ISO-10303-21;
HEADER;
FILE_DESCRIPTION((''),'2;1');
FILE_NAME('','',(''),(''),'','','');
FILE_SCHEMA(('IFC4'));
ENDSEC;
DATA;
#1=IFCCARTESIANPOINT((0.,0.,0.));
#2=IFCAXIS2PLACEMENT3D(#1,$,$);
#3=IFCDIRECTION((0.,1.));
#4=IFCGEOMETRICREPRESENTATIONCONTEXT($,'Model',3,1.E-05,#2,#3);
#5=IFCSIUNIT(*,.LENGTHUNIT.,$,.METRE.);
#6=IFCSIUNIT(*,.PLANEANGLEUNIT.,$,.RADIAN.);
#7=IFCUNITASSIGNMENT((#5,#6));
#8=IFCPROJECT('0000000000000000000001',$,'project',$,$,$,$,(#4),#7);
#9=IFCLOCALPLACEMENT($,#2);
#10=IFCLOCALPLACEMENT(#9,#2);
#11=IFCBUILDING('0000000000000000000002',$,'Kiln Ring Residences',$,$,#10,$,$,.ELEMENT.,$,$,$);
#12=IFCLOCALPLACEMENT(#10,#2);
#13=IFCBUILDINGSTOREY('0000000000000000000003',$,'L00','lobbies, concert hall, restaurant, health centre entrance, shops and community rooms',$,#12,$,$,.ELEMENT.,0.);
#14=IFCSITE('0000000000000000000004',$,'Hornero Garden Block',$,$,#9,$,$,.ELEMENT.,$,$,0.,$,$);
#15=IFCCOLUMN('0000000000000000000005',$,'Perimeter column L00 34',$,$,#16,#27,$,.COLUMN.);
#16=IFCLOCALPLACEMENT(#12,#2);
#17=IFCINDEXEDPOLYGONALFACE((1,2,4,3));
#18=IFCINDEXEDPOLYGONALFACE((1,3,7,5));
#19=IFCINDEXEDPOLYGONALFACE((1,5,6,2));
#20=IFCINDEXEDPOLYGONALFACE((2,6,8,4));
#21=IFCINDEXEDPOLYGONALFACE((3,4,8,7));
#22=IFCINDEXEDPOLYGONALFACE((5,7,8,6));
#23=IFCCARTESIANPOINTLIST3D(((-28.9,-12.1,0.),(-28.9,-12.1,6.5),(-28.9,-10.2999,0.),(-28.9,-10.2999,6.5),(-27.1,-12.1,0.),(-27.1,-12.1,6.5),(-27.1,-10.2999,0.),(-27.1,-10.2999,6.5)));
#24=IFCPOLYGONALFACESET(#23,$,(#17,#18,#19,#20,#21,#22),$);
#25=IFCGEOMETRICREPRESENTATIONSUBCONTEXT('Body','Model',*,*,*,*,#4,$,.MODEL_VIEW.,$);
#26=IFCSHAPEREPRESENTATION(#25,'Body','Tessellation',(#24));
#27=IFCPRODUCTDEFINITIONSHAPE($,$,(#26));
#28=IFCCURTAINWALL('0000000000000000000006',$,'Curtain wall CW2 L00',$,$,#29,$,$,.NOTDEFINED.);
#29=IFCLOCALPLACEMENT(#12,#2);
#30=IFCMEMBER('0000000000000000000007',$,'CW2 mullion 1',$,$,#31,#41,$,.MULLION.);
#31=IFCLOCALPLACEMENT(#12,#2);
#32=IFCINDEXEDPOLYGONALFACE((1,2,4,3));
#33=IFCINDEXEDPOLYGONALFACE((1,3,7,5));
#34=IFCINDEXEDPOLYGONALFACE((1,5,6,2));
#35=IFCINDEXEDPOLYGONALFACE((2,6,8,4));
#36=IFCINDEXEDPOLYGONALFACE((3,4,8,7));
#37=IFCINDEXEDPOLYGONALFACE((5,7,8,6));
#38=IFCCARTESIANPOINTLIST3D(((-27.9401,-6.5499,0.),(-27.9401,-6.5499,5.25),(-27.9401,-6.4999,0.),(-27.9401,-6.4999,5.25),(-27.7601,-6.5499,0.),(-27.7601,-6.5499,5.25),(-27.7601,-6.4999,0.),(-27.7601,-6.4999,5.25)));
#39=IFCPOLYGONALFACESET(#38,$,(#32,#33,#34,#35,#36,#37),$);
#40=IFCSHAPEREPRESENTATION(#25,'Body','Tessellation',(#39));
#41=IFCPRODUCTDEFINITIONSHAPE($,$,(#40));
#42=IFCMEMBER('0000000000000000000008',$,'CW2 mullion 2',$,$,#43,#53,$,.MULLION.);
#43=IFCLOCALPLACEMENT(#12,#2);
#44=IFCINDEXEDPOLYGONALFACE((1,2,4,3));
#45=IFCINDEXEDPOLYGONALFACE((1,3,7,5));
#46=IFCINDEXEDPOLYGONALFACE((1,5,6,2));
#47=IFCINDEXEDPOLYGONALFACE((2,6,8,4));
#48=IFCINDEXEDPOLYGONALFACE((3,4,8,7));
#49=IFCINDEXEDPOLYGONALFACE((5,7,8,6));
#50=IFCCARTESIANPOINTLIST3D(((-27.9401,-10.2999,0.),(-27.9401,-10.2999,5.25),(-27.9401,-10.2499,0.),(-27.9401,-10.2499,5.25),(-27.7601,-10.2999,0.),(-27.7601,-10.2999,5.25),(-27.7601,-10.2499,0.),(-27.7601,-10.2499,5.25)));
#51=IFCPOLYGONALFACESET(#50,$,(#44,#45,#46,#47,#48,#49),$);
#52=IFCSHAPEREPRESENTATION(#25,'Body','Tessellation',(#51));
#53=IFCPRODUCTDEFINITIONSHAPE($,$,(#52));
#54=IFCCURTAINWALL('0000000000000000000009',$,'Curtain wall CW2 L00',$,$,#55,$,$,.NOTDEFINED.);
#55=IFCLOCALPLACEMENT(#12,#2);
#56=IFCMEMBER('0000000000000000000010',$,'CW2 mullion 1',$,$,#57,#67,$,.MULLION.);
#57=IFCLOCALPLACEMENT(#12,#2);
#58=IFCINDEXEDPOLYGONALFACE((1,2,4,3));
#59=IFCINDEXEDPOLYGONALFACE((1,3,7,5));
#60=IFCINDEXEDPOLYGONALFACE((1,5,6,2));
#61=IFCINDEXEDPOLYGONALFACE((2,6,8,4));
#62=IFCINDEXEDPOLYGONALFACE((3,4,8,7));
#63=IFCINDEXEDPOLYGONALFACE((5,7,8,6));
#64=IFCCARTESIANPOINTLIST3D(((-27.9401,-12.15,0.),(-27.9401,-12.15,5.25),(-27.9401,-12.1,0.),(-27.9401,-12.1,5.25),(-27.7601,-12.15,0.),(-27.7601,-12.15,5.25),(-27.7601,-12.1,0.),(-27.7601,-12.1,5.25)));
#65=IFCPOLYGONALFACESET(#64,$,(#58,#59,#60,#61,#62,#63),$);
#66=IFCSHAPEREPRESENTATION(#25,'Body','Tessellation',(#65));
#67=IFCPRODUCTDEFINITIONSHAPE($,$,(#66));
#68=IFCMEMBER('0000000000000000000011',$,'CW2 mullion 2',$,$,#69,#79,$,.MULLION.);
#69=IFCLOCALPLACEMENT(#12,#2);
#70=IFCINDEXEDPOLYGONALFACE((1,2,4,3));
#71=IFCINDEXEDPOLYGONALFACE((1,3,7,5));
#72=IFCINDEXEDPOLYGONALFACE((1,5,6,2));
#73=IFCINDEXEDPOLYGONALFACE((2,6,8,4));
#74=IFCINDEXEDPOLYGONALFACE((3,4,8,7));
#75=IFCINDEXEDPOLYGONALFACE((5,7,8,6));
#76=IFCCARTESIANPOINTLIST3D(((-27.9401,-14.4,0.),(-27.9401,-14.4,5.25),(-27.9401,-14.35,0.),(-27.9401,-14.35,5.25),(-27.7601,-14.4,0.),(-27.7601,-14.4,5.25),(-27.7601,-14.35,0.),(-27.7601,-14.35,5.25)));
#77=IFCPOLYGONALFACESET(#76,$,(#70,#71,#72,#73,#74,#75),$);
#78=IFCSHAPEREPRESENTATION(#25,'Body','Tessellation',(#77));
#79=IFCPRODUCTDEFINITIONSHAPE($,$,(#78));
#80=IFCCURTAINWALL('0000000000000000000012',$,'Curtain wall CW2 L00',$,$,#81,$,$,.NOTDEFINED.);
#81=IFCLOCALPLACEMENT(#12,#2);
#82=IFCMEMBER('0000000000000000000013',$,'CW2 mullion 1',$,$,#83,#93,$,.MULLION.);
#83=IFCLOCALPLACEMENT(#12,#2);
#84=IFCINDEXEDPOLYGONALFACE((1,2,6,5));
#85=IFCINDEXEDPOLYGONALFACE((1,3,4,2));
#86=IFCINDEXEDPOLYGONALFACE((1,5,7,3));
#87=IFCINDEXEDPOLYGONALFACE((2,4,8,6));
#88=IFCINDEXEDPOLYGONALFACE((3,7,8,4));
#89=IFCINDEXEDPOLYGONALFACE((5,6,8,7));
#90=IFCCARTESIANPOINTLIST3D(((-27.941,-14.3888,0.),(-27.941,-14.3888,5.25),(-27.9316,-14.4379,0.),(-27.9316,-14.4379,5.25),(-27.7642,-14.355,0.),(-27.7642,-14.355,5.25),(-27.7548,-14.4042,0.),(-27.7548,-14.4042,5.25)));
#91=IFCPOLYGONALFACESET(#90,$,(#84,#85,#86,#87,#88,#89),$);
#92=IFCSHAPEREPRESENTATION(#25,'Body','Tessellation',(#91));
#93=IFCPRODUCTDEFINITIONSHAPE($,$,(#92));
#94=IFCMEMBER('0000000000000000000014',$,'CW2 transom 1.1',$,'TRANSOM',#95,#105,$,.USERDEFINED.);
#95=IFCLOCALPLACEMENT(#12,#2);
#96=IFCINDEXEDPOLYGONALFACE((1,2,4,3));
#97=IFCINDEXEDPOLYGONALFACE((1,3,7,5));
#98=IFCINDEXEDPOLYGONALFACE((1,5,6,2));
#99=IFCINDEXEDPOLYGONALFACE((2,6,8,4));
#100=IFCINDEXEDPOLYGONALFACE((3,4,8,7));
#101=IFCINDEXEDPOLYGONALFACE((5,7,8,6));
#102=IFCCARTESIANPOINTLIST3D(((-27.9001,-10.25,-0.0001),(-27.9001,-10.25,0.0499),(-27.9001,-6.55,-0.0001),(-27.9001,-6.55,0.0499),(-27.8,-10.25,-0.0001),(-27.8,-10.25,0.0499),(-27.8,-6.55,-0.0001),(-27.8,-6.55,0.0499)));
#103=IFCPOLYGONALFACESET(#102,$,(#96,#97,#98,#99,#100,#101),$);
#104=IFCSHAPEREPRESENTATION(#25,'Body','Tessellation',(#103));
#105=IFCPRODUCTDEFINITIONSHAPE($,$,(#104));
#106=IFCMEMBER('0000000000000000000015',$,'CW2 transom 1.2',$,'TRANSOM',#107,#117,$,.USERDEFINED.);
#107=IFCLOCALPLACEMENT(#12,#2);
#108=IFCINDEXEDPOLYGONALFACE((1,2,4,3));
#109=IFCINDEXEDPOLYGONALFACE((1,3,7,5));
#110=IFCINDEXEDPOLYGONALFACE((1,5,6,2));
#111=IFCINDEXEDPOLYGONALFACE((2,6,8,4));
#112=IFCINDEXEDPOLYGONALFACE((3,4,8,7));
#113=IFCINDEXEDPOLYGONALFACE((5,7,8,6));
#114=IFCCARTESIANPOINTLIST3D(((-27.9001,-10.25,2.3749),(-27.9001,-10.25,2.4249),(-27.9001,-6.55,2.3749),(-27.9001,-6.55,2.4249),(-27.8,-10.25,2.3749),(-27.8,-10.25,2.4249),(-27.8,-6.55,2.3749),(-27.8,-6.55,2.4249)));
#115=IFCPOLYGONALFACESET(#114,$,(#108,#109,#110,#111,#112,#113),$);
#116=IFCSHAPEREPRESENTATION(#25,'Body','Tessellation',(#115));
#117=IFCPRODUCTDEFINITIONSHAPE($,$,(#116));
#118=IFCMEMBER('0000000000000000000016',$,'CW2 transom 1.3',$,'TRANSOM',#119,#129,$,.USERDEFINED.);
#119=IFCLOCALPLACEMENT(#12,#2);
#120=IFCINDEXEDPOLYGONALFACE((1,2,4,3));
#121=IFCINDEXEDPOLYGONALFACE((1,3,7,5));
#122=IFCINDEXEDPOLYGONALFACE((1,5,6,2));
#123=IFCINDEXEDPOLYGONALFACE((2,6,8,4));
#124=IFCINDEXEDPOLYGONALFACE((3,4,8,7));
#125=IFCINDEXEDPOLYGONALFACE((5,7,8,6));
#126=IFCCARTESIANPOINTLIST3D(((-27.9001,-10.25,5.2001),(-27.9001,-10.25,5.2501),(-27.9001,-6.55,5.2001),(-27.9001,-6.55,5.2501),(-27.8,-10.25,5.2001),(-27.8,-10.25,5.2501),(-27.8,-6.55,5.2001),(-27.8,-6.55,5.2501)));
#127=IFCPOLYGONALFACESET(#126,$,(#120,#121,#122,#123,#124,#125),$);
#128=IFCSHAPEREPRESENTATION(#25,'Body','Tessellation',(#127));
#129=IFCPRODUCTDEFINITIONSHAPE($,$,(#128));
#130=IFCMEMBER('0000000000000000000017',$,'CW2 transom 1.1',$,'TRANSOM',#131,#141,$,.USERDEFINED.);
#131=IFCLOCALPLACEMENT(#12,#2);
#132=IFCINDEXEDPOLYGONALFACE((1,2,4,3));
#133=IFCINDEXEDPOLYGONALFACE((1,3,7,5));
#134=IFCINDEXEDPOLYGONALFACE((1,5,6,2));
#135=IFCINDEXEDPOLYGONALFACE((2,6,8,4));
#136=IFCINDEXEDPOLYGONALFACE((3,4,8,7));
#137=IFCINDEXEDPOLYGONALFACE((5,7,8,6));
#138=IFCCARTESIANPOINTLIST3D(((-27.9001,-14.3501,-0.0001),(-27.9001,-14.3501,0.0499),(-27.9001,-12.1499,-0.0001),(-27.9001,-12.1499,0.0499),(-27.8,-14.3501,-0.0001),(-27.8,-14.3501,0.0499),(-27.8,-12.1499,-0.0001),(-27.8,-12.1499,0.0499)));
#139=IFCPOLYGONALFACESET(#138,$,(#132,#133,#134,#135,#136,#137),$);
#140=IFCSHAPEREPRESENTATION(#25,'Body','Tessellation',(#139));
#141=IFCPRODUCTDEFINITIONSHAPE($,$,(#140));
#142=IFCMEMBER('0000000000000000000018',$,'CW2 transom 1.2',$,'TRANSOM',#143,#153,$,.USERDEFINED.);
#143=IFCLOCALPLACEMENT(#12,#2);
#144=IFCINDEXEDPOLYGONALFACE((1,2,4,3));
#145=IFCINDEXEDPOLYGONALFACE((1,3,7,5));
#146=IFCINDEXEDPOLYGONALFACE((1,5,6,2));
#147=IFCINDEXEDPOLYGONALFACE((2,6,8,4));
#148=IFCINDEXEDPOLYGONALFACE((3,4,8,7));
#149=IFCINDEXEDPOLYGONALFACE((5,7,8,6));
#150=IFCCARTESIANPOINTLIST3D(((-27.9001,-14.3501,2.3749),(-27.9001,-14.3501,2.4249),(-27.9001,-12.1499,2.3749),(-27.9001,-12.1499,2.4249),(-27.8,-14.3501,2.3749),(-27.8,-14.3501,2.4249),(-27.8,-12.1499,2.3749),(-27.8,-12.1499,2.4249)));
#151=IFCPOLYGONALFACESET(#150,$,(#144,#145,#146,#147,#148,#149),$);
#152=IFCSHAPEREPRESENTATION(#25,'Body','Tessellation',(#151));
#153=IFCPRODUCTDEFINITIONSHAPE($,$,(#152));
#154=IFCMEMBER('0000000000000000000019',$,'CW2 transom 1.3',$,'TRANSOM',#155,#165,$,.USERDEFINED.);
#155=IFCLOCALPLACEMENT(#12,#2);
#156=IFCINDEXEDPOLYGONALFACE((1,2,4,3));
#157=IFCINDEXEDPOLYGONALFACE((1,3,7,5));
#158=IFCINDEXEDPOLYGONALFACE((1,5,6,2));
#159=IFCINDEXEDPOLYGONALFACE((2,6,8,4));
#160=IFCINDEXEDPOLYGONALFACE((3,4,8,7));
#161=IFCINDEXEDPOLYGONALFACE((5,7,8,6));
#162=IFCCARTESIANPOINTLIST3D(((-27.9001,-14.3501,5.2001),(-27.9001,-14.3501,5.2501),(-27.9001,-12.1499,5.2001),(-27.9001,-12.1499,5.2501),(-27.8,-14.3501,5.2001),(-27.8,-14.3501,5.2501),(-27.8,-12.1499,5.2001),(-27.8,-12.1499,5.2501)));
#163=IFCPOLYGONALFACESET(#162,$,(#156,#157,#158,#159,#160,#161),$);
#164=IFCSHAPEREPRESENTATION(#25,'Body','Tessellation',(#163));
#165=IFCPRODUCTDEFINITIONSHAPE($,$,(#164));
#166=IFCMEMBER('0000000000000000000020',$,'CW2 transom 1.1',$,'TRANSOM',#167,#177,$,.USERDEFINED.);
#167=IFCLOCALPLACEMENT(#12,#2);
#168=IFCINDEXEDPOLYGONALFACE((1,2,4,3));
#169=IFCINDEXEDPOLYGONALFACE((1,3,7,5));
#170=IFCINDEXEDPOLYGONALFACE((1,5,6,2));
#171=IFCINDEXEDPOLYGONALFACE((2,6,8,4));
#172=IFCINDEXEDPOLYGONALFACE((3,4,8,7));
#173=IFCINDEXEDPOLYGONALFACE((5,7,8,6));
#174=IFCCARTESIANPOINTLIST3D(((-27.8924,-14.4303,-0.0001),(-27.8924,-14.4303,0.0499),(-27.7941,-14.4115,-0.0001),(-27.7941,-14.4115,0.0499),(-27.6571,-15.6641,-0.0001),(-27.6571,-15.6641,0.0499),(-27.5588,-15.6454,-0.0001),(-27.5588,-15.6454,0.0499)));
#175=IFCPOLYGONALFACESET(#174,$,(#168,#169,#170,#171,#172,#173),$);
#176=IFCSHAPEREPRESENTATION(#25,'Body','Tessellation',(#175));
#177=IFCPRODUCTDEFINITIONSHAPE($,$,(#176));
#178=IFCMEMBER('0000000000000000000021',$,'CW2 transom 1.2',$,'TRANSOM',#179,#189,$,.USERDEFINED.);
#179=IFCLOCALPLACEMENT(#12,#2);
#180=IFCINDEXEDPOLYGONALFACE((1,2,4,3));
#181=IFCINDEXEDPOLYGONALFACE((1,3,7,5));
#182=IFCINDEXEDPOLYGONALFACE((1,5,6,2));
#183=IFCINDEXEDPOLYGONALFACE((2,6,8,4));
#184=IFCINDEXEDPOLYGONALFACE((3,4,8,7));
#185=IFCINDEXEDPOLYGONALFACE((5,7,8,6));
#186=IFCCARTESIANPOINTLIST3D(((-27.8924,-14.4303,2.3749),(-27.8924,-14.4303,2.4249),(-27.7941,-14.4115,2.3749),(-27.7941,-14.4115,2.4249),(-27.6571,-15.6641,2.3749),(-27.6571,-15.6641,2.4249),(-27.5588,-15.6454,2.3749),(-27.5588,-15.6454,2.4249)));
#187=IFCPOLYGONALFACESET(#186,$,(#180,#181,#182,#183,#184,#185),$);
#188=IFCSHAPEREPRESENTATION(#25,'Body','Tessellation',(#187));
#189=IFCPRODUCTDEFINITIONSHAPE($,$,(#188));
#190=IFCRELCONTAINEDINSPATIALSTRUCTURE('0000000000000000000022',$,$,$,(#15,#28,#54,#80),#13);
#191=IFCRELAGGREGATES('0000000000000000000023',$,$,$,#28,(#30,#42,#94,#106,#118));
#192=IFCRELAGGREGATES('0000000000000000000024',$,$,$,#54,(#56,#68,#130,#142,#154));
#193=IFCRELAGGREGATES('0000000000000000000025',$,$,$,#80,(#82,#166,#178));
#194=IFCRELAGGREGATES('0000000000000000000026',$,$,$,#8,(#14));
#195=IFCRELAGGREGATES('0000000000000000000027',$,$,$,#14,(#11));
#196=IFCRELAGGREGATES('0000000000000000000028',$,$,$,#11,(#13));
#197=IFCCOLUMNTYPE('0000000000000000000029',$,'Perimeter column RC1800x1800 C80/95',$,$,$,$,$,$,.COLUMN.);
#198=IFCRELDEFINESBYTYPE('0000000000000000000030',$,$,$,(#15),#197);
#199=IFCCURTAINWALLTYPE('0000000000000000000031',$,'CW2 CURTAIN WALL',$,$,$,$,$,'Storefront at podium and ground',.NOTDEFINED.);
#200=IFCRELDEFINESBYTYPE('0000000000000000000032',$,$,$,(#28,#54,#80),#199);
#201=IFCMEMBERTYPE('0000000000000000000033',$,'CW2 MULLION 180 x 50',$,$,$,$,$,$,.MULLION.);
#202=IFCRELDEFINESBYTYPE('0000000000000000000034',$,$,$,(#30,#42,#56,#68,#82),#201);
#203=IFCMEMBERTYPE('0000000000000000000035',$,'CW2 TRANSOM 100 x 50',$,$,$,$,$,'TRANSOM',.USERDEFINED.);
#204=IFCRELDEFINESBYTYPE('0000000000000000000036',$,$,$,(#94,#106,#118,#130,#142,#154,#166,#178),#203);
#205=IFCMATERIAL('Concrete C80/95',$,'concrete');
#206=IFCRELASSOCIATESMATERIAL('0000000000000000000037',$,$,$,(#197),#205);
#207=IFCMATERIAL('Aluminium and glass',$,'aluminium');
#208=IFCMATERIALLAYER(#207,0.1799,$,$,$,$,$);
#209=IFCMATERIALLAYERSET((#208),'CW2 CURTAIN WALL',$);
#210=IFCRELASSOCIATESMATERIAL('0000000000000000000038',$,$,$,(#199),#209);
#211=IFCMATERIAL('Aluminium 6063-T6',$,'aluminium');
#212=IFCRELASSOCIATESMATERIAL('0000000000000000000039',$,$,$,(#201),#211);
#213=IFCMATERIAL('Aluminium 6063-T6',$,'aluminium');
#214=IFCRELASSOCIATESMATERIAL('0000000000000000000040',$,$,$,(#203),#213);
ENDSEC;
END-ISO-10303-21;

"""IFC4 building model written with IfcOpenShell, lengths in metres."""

from ifc_helpers import new_model, si_unit, direction, frame, origin, origin_2d, place, context, subcontext, project, spatial, rectangle, extrude, material, layer, layer_set, material_profile, profile_set, type_object, element, aggregate, save


model = new_model("IFC4")

# Units and contexts
model_context = context("Model", 3, precision=1e-05, world=origin(), true_north=direction((0.0, 1.0)))
body_context = subcontext(model_context, "Body", "Model", "MODEL_VIEW")
ifc_project = project(units=[si_unit("LENGTHUNIT", "METRE"), si_unit("PLANEANGLEUNIT", "RADIAN")], contexts=[model_context])

# Site, building, storey
site_placement = place(None, origin())
site = spatial("IfcSite", under=ifc_project, at=site_placement, Name="Hornero Garden Block", CompositionType="ELEMENT", RefElevation=0.0)
building_placement = place(site_placement, origin())
building = spatial("IfcBuilding", under=site, at=building_placement, Name="Kiln Ring Residences", CompositionType="ELEMENT")
storey_placement = place(building_placement, origin())
storey = spatial("IfcBuildingStorey", under=building, at=storey_placement, Name="L00", Description="lobbies, concert hall, restaurant, health centre entrance, shops and community rooms", CompositionType="ELEMENT", Elevation=0.0)

# Column
ifc_material_1 = material(Name="Concrete C80/95", Category="concrete")
ifc_material_profile_1 = material_profile(ifc_material_1, rectangle(XDim=1.8, YDim=1.8, at=origin_2d()), Name="RC1800x1800")
ifc_profile_set_1 = profile_set([ifc_material_profile_1], Name="Concrete C80/95")
column_type = type_object("IfcColumnType", Name="Perimeter column RC1800x1800 C80/95", PredefinedType="COLUMN", material=ifc_profile_set_1)
column_placement = place(storey_placement, frame((-28.0, -11.2, 0.0), z_axis=(0.0, 0.0, 1.0), x_axis=(1.0, 0.0, 0.0)))
element("IfcColumn", 1, at=column_placement, inside=storey, type_object=column_type, Name="Perimeter column L00 34", PredefinedType="COLUMN", context=body_context, shape_type="SweptSolid", body=[
    extrude(rectangle(XDim=1.8, YDim=1.8, at=origin_2d()), origin(), (0.0, 0.0, 1.0), 6.5),
])

# Curtain walls, members
ifc_material_2 = material(Name="Aluminium and glass", Category="aluminium")
ifc_layer_1 = layer(ifc_material_2, 0.1799)
ifc_layer_set_1 = layer_set([ifc_layer_1], Name="CW2 CURTAIN WALL")
curtain_wall_type = type_object("IfcCurtainWallType", Name="CW2 CURTAIN WALL", ElementType="Storefront at podium and ground", PredefinedType="NOTDEFINED", material=ifc_layer_set_1)
placement = place(storey_placement, origin())
curtain_wall_1 = element("IfcCurtainWall", 2, at=placement, inside=storey, type_object=curtain_wall_type, Name="Curtain wall CW2 L00", PredefinedType="NOTDEFINED")
ifc_material_3 = material(Name="Aluminium 6063-T6", Category="aluminium")
ifc_material_profile_2 = material_profile(ifc_material_3, rectangle(XDim=0.1799, YDim=0.05, at=origin_2d()), Name="AL 180x50")
ifc_profile_set_2 = profile_set([ifc_material_profile_2], Name="Aluminium 6063-T6")
member_type_1 = type_object("IfcMemberType", Name="CW2 MULLION 180 x 50", PredefinedType="MULLION", material=ifc_profile_set_2)
member_1_placement = place(storey_placement, frame((-27.8501, -6.5249, 0.0), z_axis=(0.0, 0.0, 1.0), x_axis=(1.0, 0.0, 0.0)))
member_1 = element("IfcMember", 3, at=member_1_placement, type_object=member_type_1, Name="CW2 mullion 1", PredefinedType="MULLION", context=body_context, shape_type="SweptSolid", body=[
    extrude(rectangle(XDim=0.1799, YDim=0.05, at=origin_2d()), origin(), (0.0, 0.0, 1.0), 5.25),
])
member_2_placement = place(storey_placement, frame((-27.8501, -10.2749, 0.0), z_axis=(0.0, 0.0, 1.0), x_axis=(1.0, 0.0, 0.0)))
member_2 = element("IfcMember", 4, at=member_2_placement, type_object=member_type_1, Name="CW2 mullion 2", PredefinedType="MULLION", context=body_context, shape_type="SweptSolid", body=[
    extrude(rectangle(XDim=0.1799, YDim=0.05, at=origin_2d()), origin(), (0.0, 0.0, 1.0), 5.25),
])
curtain_wall_2 = element("IfcCurtainWall", 5, at=placement, inside=storey, type_object=curtain_wall_type, Name="Curtain wall CW2 L00", PredefinedType="NOTDEFINED")
member_3_placement = place(storey_placement, frame((-27.8501, -12.125, 0.0), z_axis=(0.0, 0.0, 1.0), x_axis=(1.0, 0.0, 0.0)))
member_3 = element("IfcMember", 6, at=member_3_placement, type_object=member_type_1, Name="CW2 mullion 1", PredefinedType="MULLION", context=body_context, shape_type="SweptSolid", body=[
    extrude(rectangle(XDim=0.1799, YDim=0.05, at=origin_2d()), origin(), (0.0, 0.0, 1.0), 5.25),
])
member_4_placement = place(storey_placement, frame((-27.8501, -14.375, 0.0), z_axis=(0.0, 0.0, 1.0), x_axis=(1.0, 0.0, 0.0)))
member_4 = element("IfcMember", 7, at=member_4_placement, type_object=member_type_1, Name="CW2 mullion 2", PredefinedType="MULLION", context=body_context, shape_type="SweptSolid", body=[
    extrude(rectangle(XDim=0.1799, YDim=0.05, at=origin_2d()), origin(), (0.0, 0.0, 1.0), 5.25),
])

# Curtain wall, member
curtain_wall_3 = element("IfcCurtainWall", 8, at=placement, inside=storey, type_object=curtain_wall_type, Name="Curtain wall CW2 L00", PredefinedType="NOTDEFINED")
member_5_placement = place(storey_placement, frame((-27.8479, -14.3965, 0.0), z_axis=(0.0, 0.0, 1.0), x_axis=(0.98229, 0.187366, 0.0)))
member_5 = element("IfcMember", 9, at=member_5_placement, type_object=member_type_1, Name="CW2 mullion 1", PredefinedType="MULLION", context=body_context, shape_type="SweptSolid", body=[
    extrude(rectangle(XDim=0.1799, YDim=0.05, at=origin_2d()), origin(), (0.0, 0.0, 1.0), 5.25),
])

# Members
ifc_material_4 = material(Name="Aluminium 6063-T6", Category="aluminium")
ifc_material_profile_3 = material_profile(ifc_material_4, rectangle(XDim=0.1001, YDim=0.05, at=origin_2d()), Name="AL 100x50")
ifc_profile_set_3 = profile_set([ifc_material_profile_3], Name="Aluminium 6063-T6")
member_type_2 = type_object("IfcMemberType", Name="CW2 TRANSOM 100 x 50", ElementType="TRANSOM", PredefinedType="USERDEFINED", material=ifc_profile_set_3)
member_6_placement = place(storey_placement, frame((-27.8501, -6.55, 0.0249), z_axis=(0.0, -1.0, 0.0), x_axis=(1.0, 0.0, 0.0)))
member_6 = element("IfcMember", 10, at=member_6_placement, type_object=member_type_2, Name="CW2 transom 1.1", ObjectType="TRANSOM", PredefinedType="USERDEFINED", context=body_context, shape_type="SweptSolid", body=[
    extrude(rectangle(XDim=0.1001, YDim=0.05, at=origin_2d()), origin(), (0.0, 0.0, 1.0), 3.7),
])
member_7_placement = place(storey_placement, frame((-27.8501, -6.55, 2.3999), z_axis=(0.0, -1.0, 0.0), x_axis=(1.0, 0.0, 0.0)))
member_7 = element("IfcMember", 11, at=member_7_placement, type_object=member_type_2, Name="CW2 transom 1.2", ObjectType="TRANSOM", PredefinedType="USERDEFINED", context=body_context, shape_type="SweptSolid", body=[
    extrude(rectangle(XDim=0.1001, YDim=0.05, at=origin_2d()), origin(), (0.0, 0.0, 1.0), 3.7),
])
member_8_placement = place(storey_placement, frame((-27.8501, -6.55, 5.2251), z_axis=(0.0, -1.0, 0.0), x_axis=(1.0, 0.0, 0.0)))
member_8 = element("IfcMember", 12, at=member_8_placement, type_object=member_type_2, Name="CW2 transom 1.3", ObjectType="TRANSOM", PredefinedType="USERDEFINED", context=body_context, shape_type="SweptSolid", body=[
    extrude(rectangle(XDim=0.1001, YDim=0.05, at=origin_2d()), origin(), (0.0, 0.0, 1.0), 3.7),
])
member_9_placement = place(storey_placement, frame((-27.8501, -12.1499, 0.0249), z_axis=(0.0, -1.0, 0.0), x_axis=(1.0, 0.0, 0.0)))
member_9 = element("IfcMember", 13, at=member_9_placement, type_object=member_type_2, Name="CW2 transom 1.1", ObjectType="TRANSOM", PredefinedType="USERDEFINED", context=body_context, shape_type="SweptSolid", body=[
    extrude(rectangle(XDim=0.1001, YDim=0.05, at=origin_2d()), origin(), (0.0, 0.0, 1.0), 2.2002),
])
member_10_placement = place(storey_placement, frame((-27.8501, -12.1499, 2.3999), z_axis=(0.0, -1.0, 0.0), x_axis=(1.0, 0.0, 0.0)))
member_10 = element("IfcMember", 14, at=member_10_placement, type_object=member_type_2, Name="CW2 transom 1.2", ObjectType="TRANSOM", PredefinedType="USERDEFINED", context=body_context, shape_type="SweptSolid", body=[
    extrude(rectangle(XDim=0.1001, YDim=0.05, at=origin_2d()), origin(), (0.0, 0.0, 1.0), 2.2002),
])
member_11_placement = place(storey_placement, frame((-27.8501, -12.1499, 5.2251), z_axis=(0.0, -1.0, 0.0), x_axis=(1.0, 0.0, 0.0)))
member_11 = element("IfcMember", 15, at=member_11_placement, type_object=member_type_2, Name="CW2 transom 1.3", ObjectType="TRANSOM", PredefinedType="USERDEFINED", context=body_context, shape_type="SweptSolid", body=[
    extrude(rectangle(XDim=0.1001, YDim=0.05, at=origin_2d()), origin(), (0.0, 0.0, 1.0), 2.2002),
])
member_12_placement = place(storey_placement, frame((-27.8433, -14.4209, 0.0249), z_axis=(0.187362, -0.982291, 0.0), x_axis=(0.982291, 0.187362, 0.0)))
member_12 = element("IfcMember", 16, at=member_12_placement, type_object=member_type_2, Name="CW2 transom 1.1", ObjectType="TRANSOM", PredefinedType="USERDEFINED", context=body_context, shape_type="SweptSolid", body=[
    extrude(rectangle(XDim=0.1001, YDim=0.05, at=origin_2d()), origin(), (0.0, 0.0, 1.0), 1.2561),
])
member_13_placement = place(storey_placement, frame((-27.8433, -14.4209, 2.3999), z_axis=(0.187362, -0.982291, 0.0), x_axis=(0.982291, 0.187362, 0.0)))
member_13 = element("IfcMember", 17, at=member_13_placement, type_object=member_type_2, Name="CW2 transom 1.2", ObjectType="TRANSOM", PredefinedType="USERDEFINED", context=body_context, shape_type="SweptSolid", body=[
    extrude(rectangle(XDim=0.1001, YDim=0.05, at=origin_2d()), origin(), (0.0, 0.0, 1.0), 1.2561),
])

aggregate(curtain_wall_1, [member_1, member_2, member_6, member_7, member_8])
aggregate(curtain_wall_2, [member_3, member_4, member_9, member_10, member_11])
aggregate(curtain_wall_3, [member_5, member_12, member_13])

save(model, "model.ifc")
